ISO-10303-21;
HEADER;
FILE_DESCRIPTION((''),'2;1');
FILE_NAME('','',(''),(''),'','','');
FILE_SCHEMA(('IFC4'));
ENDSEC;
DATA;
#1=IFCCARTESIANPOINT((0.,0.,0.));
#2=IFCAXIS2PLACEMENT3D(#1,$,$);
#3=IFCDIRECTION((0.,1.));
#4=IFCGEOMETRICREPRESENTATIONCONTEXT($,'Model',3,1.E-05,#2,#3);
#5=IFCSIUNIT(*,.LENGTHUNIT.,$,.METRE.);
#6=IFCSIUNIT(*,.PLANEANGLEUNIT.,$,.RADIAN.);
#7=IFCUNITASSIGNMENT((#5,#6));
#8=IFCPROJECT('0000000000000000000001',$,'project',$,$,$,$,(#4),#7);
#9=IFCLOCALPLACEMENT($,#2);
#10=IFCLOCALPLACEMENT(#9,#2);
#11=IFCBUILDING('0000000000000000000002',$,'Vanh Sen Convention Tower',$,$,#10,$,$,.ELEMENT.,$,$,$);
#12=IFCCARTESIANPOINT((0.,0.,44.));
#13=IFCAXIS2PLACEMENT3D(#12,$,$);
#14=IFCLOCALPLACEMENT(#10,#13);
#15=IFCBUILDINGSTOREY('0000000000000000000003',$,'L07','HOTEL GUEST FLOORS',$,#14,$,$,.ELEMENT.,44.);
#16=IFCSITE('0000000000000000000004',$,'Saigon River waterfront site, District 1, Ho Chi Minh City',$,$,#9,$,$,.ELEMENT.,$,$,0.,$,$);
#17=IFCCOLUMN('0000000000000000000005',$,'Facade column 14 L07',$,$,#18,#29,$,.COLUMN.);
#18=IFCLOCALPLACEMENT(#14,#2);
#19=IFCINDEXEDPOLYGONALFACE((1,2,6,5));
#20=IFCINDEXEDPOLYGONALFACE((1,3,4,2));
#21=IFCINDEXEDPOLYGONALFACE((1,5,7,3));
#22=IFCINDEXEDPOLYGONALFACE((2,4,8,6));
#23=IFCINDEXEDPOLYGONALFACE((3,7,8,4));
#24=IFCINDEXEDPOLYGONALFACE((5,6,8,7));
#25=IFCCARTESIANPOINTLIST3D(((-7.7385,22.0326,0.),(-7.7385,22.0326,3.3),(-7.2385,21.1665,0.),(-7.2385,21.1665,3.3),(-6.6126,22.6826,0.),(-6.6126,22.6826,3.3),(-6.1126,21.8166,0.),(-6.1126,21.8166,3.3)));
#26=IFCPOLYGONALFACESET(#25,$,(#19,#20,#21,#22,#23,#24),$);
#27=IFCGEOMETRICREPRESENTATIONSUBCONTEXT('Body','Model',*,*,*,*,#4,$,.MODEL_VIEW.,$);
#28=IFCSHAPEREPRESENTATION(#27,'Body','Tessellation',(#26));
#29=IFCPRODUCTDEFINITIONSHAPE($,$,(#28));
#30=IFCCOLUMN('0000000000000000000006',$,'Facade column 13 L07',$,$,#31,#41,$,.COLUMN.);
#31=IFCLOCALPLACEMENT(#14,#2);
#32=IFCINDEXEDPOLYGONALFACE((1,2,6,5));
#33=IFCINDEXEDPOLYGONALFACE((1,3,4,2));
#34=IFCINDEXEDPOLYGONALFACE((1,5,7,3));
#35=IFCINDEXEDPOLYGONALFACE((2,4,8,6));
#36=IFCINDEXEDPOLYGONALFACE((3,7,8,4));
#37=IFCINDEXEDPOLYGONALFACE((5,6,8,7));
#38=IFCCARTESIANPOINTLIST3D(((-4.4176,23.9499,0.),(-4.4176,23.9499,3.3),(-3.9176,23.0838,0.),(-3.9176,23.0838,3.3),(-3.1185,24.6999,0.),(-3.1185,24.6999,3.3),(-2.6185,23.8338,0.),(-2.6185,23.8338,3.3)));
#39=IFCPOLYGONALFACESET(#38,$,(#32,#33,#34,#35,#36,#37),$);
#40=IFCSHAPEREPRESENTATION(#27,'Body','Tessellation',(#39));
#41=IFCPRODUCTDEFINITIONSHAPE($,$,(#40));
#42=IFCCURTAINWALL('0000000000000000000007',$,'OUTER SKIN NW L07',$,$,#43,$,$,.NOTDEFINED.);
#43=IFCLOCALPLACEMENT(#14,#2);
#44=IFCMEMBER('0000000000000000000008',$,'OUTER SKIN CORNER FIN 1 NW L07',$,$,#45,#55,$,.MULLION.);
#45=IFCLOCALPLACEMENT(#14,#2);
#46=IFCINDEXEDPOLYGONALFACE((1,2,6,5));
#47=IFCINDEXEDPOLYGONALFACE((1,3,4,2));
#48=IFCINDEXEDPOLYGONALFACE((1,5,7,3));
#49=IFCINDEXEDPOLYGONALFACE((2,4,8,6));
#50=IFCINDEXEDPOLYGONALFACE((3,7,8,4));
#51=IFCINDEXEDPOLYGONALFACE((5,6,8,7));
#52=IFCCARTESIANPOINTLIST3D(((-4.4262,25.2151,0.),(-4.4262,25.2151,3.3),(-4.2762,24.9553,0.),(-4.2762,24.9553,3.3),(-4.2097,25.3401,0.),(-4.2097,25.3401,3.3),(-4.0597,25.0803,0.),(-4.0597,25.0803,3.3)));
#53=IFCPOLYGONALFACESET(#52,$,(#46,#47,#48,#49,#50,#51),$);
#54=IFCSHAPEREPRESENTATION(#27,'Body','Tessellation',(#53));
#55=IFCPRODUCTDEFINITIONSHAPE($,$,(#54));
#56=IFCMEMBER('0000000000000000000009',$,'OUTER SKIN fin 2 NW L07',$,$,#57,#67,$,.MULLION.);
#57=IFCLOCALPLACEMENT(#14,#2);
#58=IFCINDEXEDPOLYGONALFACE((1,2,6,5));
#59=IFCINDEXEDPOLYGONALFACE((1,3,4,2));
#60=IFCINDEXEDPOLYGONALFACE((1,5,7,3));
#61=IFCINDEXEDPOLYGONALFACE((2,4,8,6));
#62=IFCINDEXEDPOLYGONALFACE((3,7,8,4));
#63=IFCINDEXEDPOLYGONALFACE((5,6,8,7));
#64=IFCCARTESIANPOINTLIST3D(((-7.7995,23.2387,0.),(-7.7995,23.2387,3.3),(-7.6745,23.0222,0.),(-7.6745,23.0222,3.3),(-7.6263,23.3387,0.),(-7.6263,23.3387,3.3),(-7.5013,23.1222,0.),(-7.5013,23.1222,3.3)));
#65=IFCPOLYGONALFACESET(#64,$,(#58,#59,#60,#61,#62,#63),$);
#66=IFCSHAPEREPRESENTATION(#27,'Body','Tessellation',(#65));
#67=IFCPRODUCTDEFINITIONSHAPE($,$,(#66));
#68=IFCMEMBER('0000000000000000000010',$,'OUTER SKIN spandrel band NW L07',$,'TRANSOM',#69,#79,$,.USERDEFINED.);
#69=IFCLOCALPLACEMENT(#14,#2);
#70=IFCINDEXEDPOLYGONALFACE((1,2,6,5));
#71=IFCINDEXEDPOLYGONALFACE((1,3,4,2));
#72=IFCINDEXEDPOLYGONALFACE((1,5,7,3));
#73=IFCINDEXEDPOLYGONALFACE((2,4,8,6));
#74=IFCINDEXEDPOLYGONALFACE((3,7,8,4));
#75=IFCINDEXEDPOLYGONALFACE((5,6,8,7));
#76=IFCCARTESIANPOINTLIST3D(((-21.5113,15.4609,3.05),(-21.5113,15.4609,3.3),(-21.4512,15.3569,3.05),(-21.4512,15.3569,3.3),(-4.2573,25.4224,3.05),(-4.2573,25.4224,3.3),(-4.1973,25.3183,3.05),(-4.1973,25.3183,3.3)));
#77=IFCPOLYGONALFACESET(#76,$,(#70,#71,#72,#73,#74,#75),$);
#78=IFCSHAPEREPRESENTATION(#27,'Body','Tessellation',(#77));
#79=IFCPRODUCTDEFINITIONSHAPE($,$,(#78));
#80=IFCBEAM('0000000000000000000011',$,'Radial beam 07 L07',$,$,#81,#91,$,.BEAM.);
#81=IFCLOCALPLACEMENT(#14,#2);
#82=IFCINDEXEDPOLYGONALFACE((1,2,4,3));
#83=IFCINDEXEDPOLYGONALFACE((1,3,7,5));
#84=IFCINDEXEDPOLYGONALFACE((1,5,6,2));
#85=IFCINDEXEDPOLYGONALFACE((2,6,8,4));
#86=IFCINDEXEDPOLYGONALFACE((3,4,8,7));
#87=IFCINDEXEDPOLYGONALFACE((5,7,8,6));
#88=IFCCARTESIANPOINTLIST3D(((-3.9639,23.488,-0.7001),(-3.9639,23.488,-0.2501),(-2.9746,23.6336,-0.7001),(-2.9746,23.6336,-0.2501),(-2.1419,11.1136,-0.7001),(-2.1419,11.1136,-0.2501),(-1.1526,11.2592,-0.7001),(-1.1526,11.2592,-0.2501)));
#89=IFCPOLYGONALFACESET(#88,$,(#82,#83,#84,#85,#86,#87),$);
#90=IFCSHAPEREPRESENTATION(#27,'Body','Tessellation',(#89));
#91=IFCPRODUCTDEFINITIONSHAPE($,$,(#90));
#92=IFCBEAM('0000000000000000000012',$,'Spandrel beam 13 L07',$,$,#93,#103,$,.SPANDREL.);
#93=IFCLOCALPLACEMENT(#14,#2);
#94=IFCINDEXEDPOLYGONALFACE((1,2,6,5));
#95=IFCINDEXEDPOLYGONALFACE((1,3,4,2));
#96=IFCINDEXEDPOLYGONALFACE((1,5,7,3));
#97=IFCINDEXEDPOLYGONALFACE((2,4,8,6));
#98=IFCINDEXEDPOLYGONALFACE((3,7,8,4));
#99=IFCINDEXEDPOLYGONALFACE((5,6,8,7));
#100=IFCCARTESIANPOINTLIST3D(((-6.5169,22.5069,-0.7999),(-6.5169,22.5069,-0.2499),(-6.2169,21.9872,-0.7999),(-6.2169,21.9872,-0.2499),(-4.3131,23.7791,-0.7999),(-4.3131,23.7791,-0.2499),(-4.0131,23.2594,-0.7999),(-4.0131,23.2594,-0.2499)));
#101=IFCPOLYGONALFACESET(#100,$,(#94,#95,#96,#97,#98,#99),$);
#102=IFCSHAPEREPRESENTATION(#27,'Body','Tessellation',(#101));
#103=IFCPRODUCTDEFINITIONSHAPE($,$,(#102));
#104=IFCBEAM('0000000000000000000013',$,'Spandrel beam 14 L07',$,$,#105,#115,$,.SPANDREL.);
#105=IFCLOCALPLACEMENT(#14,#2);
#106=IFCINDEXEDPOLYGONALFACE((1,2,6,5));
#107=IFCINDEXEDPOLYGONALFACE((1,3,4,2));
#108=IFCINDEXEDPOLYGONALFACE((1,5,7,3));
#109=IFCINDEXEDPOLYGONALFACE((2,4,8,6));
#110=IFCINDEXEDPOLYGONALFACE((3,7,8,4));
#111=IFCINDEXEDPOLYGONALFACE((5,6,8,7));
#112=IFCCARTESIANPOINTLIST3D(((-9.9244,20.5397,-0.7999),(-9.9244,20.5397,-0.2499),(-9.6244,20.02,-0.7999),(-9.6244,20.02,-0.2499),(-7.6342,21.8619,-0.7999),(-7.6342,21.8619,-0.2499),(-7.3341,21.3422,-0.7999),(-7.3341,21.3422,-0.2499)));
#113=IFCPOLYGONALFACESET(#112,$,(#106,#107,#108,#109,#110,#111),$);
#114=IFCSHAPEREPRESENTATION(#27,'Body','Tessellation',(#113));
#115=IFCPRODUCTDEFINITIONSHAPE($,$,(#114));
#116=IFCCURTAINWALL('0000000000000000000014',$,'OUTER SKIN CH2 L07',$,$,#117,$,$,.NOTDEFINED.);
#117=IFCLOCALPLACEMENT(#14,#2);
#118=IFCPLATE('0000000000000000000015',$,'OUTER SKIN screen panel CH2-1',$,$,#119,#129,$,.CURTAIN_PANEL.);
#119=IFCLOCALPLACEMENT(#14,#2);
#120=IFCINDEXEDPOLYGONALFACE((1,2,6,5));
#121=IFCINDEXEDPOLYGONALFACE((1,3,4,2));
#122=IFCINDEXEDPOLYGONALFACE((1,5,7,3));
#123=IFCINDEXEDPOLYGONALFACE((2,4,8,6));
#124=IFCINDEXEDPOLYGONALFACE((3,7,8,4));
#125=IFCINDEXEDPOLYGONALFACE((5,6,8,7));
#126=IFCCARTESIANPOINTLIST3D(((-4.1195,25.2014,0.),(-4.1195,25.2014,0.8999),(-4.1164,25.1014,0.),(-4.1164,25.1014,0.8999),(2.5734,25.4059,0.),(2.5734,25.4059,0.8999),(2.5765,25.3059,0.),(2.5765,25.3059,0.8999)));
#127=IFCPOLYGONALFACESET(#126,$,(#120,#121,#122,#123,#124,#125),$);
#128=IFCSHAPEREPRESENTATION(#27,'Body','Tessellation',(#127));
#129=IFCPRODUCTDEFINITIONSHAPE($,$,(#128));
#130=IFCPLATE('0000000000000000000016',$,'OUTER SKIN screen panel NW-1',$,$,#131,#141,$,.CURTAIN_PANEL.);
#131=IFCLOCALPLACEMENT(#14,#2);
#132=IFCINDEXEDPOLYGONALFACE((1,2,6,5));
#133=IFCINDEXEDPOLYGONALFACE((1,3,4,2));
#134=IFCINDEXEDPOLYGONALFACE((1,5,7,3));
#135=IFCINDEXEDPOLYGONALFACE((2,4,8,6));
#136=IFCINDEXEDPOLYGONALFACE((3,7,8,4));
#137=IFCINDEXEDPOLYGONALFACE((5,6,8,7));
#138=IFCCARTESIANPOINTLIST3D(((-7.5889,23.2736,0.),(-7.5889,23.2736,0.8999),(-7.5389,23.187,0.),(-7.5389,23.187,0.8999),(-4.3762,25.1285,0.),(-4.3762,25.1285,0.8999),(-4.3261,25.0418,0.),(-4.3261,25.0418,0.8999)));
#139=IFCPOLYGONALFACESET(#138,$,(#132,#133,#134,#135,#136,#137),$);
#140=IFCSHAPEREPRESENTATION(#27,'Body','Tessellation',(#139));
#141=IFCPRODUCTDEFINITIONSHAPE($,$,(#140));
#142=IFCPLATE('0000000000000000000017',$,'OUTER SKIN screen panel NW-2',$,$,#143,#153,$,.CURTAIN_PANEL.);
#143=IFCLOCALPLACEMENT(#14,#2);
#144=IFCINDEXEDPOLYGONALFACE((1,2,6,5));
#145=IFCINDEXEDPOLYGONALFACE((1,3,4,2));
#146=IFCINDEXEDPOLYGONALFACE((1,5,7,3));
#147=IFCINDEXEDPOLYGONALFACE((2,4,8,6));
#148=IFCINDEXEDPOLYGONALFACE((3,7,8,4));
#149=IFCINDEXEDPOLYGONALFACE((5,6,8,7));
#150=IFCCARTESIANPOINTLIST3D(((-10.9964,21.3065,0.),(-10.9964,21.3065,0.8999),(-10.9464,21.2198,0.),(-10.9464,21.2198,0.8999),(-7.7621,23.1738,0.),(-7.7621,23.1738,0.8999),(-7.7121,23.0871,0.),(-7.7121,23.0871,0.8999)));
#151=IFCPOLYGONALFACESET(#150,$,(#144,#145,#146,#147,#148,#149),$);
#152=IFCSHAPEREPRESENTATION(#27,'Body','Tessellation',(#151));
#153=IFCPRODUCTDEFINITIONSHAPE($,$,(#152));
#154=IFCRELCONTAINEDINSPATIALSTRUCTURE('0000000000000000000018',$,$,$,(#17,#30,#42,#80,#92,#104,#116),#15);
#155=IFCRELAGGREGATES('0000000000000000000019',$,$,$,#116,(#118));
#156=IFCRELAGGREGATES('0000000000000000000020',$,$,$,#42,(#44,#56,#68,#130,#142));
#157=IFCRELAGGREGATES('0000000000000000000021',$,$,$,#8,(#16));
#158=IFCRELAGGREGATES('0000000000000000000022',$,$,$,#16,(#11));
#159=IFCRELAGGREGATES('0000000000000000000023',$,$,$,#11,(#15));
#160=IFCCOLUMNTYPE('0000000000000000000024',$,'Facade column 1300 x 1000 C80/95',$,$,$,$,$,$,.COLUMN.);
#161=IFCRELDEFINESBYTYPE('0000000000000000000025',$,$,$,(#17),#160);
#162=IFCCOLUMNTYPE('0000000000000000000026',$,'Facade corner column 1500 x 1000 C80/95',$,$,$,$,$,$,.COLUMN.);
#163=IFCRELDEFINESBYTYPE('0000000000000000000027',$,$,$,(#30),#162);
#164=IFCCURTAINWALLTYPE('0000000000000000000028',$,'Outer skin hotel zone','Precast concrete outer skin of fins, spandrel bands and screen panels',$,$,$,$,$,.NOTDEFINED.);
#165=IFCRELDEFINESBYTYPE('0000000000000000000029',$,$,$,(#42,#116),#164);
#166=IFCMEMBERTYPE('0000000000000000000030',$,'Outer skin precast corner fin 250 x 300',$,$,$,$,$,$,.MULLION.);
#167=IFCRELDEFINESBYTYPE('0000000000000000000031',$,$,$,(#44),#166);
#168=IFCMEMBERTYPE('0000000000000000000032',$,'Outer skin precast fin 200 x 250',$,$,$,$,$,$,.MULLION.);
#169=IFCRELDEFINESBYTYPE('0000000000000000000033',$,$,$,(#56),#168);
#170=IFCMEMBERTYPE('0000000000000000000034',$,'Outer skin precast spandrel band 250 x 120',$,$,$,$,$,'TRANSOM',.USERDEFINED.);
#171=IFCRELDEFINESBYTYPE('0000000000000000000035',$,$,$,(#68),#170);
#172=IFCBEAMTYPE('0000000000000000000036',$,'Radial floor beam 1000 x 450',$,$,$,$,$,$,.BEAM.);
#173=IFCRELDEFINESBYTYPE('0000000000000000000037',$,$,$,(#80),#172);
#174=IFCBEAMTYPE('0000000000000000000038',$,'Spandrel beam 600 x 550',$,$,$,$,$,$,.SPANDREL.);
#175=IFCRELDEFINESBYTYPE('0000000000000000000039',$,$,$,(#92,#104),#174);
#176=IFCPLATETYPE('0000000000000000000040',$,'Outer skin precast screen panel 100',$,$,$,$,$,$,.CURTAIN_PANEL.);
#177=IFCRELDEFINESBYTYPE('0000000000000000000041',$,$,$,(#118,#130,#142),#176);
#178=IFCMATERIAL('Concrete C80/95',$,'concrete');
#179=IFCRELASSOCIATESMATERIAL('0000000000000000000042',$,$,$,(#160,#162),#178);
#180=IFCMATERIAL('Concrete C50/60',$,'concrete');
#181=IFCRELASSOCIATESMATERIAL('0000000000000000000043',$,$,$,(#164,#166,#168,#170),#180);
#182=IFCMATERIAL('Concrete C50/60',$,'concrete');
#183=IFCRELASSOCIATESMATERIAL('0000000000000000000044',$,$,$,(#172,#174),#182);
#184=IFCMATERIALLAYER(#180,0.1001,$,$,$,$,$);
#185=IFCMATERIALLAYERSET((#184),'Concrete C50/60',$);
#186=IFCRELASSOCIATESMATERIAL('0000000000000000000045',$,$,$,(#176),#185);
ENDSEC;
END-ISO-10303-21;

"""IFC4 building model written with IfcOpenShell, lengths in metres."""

from ifc_helpers import new_model, si_unit, direction, frame, origin, origin_2d, place, context, subcontext, project, spatial, rectangle, extrude, material, layer, layer_set, material_profile, profile_set, type_object, element, aggregate, save


model = new_model("IFC4")

# Units and contexts
model_context = context("Model", 3, precision=1e-05, world=origin(), true_north=direction((0.0, 1.0)))
body_context = subcontext(model_context, "Body", "Model", "MODEL_VIEW")
ifc_project = project(units=[si_unit("LENGTHUNIT", "METRE"), si_unit("PLANEANGLEUNIT", "RADIAN")], contexts=[model_context])

# Site, building, storey
site_placement = place(None, origin())
site = spatial("IfcSite", under=ifc_project, at=site_placement, Name="Saigon River waterfront site, District 1, Ho Chi Minh City", CompositionType="ELEMENT", RefElevation=0.0)
building_placement = place(site_placement, origin())
building = spatial("IfcBuilding", under=site, at=building_placement, Name="Vanh Sen Convention Tower", CompositionType="ELEMENT")
storey_placement = place(building_placement, frame((0.0, 0.0, 44.0)))
storey = spatial("IfcBuildingStorey", under=building, at=storey_placement, Name="L07", Description="HOTEL GUEST FLOORS", CompositionType="ELEMENT", Elevation=44.0)

# Columns
ifc_material_1 = material(Name="Concrete C80/95", Category="concrete")
ifc_material_profile_1 = material_profile(ifc_material_1, rectangle(XDim=1.3, YDim=1.0, at=origin_2d()), Name="RC 1300X1000")
ifc_profile_set_1 = profile_set([ifc_material_profile_1], Name="Concrete C80/95")
column_type_1 = type_object("IfcColumnType", Name="Facade column 1300 x 1000 C80/95", PredefinedType="COLUMN", material=ifc_profile_set_1)
column_1_placement = place(storey_placement, frame((-6.9255, 21.9246, 0.0), z_axis=(0.0, 0.0, 1.0), x_axis=(-0.866025, -0.5, 0.0)))
element("IfcColumn", 1, at=column_1_placement, inside=storey, type_object=column_type_1, Name="Facade column 14 L07", PredefinedType="COLUMN", context=body_context, shape_type="SweptSolid", body=[
    extrude(rectangle(XDim=1.3, YDim=1.0, at=origin_2d()), origin(), (0.0, 0.0, 1.0), 3.3),
])
ifc_material_profile_2 = material_profile(ifc_material_1, rectangle(XDim=1.5, YDim=1.0, at=origin_2d()), Name="RC 1500X1000")
ifc_profile_set_2 = profile_set([ifc_material_profile_2], Name="Concrete C80/95")
column_type_2 = type_object("IfcColumnType", Name="Facade corner column 1500 x 1000 C80/95", PredefinedType="COLUMN", material=ifc_profile_set_2)
column_2_placement = place(storey_placement, frame((-3.5181, 23.8918, 0.0), z_axis=(0.0, 0.0, 1.0), x_axis=(-0.866025, -0.5, 0.0)))
element("IfcColumn", 2, at=column_2_placement, inside=storey, type_object=column_type_2, Name="Facade column 13 L07", PredefinedType="COLUMN", context=body_context, shape_type="SweptSolid", body=[
    extrude(rectangle(XDim=1.5, YDim=1.0, at=origin_2d()), origin(), (0.0, 0.0, 1.0), 3.3),
])

# Curtain wall, members
ifc_material_2 = material(Name="Concrete C50/60", Category="concrete")
curtain_wall_type = type_object("IfcCurtainWallType", Name="Outer skin hotel zone", Description="Precast concrete outer skin of fins, spandrel bands and screen panels", PredefinedType="NOTDEFINED", material=ifc_material_2)
curtain_wall_1_placement = place(storey_placement, origin())
curtain_wall_1 = element("IfcCurtainWall", 3, at=curtain_wall_1_placement, inside=storey, type_object=curtain_wall_type, Name="OUTER SKIN NW L07", PredefinedType="NOTDEFINED")
ifc_material_profile_3 = material_profile(ifc_material_2, rectangle(XDim=0.25, YDim=0.3, at=origin_2d()), Name="Outer skin precast corner fin 250 x 300")
ifc_profile_set_3 = profile_set([ifc_material_profile_3], Name="Concrete C50/60")
member_type_1 = type_object("IfcMemberType", Name="Outer skin precast corner fin 250 x 300", PredefinedType="MULLION", material=ifc_profile_set_3)
member_1_placement = place(storey_placement, frame((-4.2429, 25.1477, 0.0), z_axis=(0.0, 0.0, 1.0), x_axis=(-0.866025, -0.5, 0.0)))
member_1 = element("IfcMember", 4, at=member_1_placement, type_object=member_type_1, Name="OUTER SKIN CORNER FIN 1 NW L07", PredefinedType="MULLION", context=body_context, shape_type="SweptSolid", body=[
    extrude(rectangle(XDim=0.25, YDim=0.3, at=origin_2d()), origin(), (0.0, 0.0, 1.0), 3.3),
])
ifc_material_profile_4 = material_profile(ifc_material_2, rectangle(XDim=0.2, YDim=0.25, at=origin_2d()), Name="Outer skin precast fin 200 x 250")
ifc_profile_set_4 = profile_set([ifc_material_profile_4], Name="Concrete C50/60")
member_type_2 = type_object("IfcMemberType", Name="Outer skin precast fin 200 x 250", PredefinedType="MULLION", material=ifc_profile_set_4)
member_2_placement = place(storey_placement, frame((-7.6504, 23.1804, 0.0), z_axis=(0.0, 0.0, 1.0), x_axis=(-0.866025, -0.5, 0.0)))
member_2 = element("IfcMember", 5, at=member_2_placement, type_object=member_type_2, Name="OUTER SKIN fin 2 NW L07", PredefinedType="MULLION", context=body_context, shape_type="SweptSolid", body=[
    extrude(rectangle(XDim=0.2, YDim=0.25, at=origin_2d()), origin(), (0.0, 0.0, 1.0), 3.3),
])
ifc_material_profile_5 = material_profile(ifc_material_2, rectangle(XDim=0.1201, YDim=0.25, at=origin_2d()), Name="Outer skin precast spandrel band 250 x 120")
ifc_profile_set_5 = profile_set([ifc_material_profile_5], Name="Concrete C50/60")
member_type_3 = type_object("IfcMemberType", Name="Outer skin precast spandrel band 250 x 120", ElementType="TRANSOM", PredefinedType="USERDEFINED", material=ifc_profile_set_5)
member_3_placement = place(storey_placement, frame((-4.2273, 25.3704, 3.175), z_axis=(-0.866028, -0.499995, 0.0), x_axis=(0.499995, -0.866028, 0.0)))
member_3 = element("IfcMember", 6, at=member_3_placement, type_object=member_type_3, Name="OUTER SKIN spandrel band NW L07", ObjectType="TRANSOM", PredefinedType="USERDEFINED", context=body_context, shape_type="SweptSolid", body=[
    extrude(rectangle(XDim=0.1201, YDim=0.25, at=origin_2d()), origin(), (0.0, 0.0, 1.0), 19.9231),
])

# Beams
ifc_material_3 = material(Name="Concrete C50/60", Category="concrete")
ifc_material_profile_6 = material_profile(ifc_material_3, rectangle(XDim=1.0, YDim=0.45, at=origin_2d()), Name="RC 1000X450")
ifc_profile_set_6 = profile_set([ifc_material_profile_6], Name="Concrete C50/60")
beam_type_1 = type_object("IfcBeamType", Name="Radial floor beam 1000 x 450", PredefinedType="BEAM", material=ifc_profile_set_6)
beam_1_placement = place(storey_placement, frame((-3.4692, 23.5608, -0.4751), z_axis=(0.145669, -0.989333, 0.0), x_axis=(0.989333, 0.145669, 0.0)))
element("IfcBeam", 7, at=beam_1_placement, inside=storey, type_object=beam_type_1, Name="Radial beam 07 L07", PredefinedType="BEAM", context=body_context, shape_type="SweptSolid", body=[
    extrude(rectangle(XDim=1.0, YDim=0.45, at=origin_2d()), origin(), (0.0, 0.0, 1.0), 12.5078),
])
ifc_material_profile_7 = material_profile(ifc_material_3, rectangle(XDim=0.6001, YDim=0.55, at=origin_2d()), Name="RC 600X550")
ifc_profile_set_7 = profile_set([ifc_material_profile_7], Name="Concrete C50/60")
beam_type_2 = type_object("IfcBeamType", Name="Spandrel beam 600 x 550", PredefinedType="SPANDREL", material=ifc_profile_set_7)
beam_2_placement = place(storey_placement, frame((-4.1631, 23.5193, -0.5249), z_axis=(-0.866056, -0.499947, 0.0), x_axis=(0.499947, -0.866056, 0.0)))
element("IfcBeam", 8, at=beam_2_placement, inside=storey, type_object=beam_type_2, Name="Spandrel beam 13 L07", PredefinedType="SPANDREL", context=body_context, shape_type="SweptSolid", body=[
    extrude(rectangle(XDim=0.6001, YDim=0.55, at=origin_2d()), origin(), (0.0, 0.0, 1.0), 2.5447),
])
beam_3_placement = place(storey_placement, frame((-7.4841, 21.6021, -0.5249), z_axis=(-0.86603, -0.499991, 0.0), x_axis=(0.499991, -0.86603, 0.0)))
element("IfcBeam", 9, at=beam_3_placement, inside=storey, type_object=beam_type_2, Name="Spandrel beam 14 L07", PredefinedType="SPANDREL", context=body_context, shape_type="SweptSolid", body=[
    extrude(rectangle(XDim=0.6001, YDim=0.55, at=origin_2d()), origin(), (0.0, 0.0, 1.0), 2.6445),
])

# Curtain wall, plate
curtain_wall_2_placement = place(storey_placement, origin())
curtain_wall_2 = element("IfcCurtainWall", 10, at=curtain_wall_2_placement, inside=storey, type_object=curtain_wall_type, Name="OUTER SKIN CH2 L07", PredefinedType="NOTDEFINED")
ifc_layer_1 = layer(ifc_material_2, 0.1001)
ifc_layer_set_1 = layer_set([ifc_layer_1], Name="Concrete C50/60")
plate_type = type_object("IfcPlateType", Name="Outer skin precast screen panel 100", PredefinedType="CURTAIN_PANEL", material=ifc_layer_set_1)
plate_1_placement = place(storey_placement, frame((-0.7715, 25.2537, 0.0), z_axis=(0.0, 0.0, 1.0), x_axis=(-0.999534, -0.030537, 0.0)))
plate_1 = element("IfcPlate", 11, at=plate_1_placement, type_object=plate_type, Name="OUTER SKIN screen panel CH2-1", PredefinedType="CURTAIN_PANEL", context=body_context, shape_type="SweptSolid", body=[
    extrude(rectangle(XDim=6.696, YDim=0.1001, at=origin_2d()), origin(), (0.0, 0.0, 1.0), 0.8999),
])
aggregate(curtain_wall_2, [plate_1])

# Plates
plate_2_placement = place(storey_placement, frame((-5.9575, 24.1577, 0.0), z_axis=(0.0, 0.0, 1.0), x_axis=(-0.866028, -0.499995, 0.0)))
plate_2 = element("IfcPlate", 12, at=plate_2_placement, type_object=plate_type, Name="OUTER SKIN screen panel NW-1", PredefinedType="CURTAIN_PANEL", context=body_context, shape_type="SweptSolid", body=[
    extrude(rectangle(XDim=3.7097, YDim=0.1001, at=origin_2d()), origin(), (0.0, 0.0, 1.0), 0.8999),
])
plate_3_placement = place(storey_placement, frame((-9.3542, 22.1968, 0.0), z_axis=(0.0, 0.0, 1.0), x_axis=(-0.866021, -0.500008, 0.0)))
plate_3 = element("IfcPlate", 13, at=plate_3_placement, type_object=plate_type, Name="OUTER SKIN screen panel NW-2", PredefinedType="CURTAIN_PANEL", context=body_context, shape_type="SweptSolid", body=[
    extrude(rectangle(XDim=3.7346, YDim=0.1001, at=origin_2d()), origin(), (0.0, 0.0, 1.0), 0.8999),
])
aggregate(curtain_wall_1, [member_1, member_2, member_3, plate_2, plate_3])

save(model, "model.ifc")
